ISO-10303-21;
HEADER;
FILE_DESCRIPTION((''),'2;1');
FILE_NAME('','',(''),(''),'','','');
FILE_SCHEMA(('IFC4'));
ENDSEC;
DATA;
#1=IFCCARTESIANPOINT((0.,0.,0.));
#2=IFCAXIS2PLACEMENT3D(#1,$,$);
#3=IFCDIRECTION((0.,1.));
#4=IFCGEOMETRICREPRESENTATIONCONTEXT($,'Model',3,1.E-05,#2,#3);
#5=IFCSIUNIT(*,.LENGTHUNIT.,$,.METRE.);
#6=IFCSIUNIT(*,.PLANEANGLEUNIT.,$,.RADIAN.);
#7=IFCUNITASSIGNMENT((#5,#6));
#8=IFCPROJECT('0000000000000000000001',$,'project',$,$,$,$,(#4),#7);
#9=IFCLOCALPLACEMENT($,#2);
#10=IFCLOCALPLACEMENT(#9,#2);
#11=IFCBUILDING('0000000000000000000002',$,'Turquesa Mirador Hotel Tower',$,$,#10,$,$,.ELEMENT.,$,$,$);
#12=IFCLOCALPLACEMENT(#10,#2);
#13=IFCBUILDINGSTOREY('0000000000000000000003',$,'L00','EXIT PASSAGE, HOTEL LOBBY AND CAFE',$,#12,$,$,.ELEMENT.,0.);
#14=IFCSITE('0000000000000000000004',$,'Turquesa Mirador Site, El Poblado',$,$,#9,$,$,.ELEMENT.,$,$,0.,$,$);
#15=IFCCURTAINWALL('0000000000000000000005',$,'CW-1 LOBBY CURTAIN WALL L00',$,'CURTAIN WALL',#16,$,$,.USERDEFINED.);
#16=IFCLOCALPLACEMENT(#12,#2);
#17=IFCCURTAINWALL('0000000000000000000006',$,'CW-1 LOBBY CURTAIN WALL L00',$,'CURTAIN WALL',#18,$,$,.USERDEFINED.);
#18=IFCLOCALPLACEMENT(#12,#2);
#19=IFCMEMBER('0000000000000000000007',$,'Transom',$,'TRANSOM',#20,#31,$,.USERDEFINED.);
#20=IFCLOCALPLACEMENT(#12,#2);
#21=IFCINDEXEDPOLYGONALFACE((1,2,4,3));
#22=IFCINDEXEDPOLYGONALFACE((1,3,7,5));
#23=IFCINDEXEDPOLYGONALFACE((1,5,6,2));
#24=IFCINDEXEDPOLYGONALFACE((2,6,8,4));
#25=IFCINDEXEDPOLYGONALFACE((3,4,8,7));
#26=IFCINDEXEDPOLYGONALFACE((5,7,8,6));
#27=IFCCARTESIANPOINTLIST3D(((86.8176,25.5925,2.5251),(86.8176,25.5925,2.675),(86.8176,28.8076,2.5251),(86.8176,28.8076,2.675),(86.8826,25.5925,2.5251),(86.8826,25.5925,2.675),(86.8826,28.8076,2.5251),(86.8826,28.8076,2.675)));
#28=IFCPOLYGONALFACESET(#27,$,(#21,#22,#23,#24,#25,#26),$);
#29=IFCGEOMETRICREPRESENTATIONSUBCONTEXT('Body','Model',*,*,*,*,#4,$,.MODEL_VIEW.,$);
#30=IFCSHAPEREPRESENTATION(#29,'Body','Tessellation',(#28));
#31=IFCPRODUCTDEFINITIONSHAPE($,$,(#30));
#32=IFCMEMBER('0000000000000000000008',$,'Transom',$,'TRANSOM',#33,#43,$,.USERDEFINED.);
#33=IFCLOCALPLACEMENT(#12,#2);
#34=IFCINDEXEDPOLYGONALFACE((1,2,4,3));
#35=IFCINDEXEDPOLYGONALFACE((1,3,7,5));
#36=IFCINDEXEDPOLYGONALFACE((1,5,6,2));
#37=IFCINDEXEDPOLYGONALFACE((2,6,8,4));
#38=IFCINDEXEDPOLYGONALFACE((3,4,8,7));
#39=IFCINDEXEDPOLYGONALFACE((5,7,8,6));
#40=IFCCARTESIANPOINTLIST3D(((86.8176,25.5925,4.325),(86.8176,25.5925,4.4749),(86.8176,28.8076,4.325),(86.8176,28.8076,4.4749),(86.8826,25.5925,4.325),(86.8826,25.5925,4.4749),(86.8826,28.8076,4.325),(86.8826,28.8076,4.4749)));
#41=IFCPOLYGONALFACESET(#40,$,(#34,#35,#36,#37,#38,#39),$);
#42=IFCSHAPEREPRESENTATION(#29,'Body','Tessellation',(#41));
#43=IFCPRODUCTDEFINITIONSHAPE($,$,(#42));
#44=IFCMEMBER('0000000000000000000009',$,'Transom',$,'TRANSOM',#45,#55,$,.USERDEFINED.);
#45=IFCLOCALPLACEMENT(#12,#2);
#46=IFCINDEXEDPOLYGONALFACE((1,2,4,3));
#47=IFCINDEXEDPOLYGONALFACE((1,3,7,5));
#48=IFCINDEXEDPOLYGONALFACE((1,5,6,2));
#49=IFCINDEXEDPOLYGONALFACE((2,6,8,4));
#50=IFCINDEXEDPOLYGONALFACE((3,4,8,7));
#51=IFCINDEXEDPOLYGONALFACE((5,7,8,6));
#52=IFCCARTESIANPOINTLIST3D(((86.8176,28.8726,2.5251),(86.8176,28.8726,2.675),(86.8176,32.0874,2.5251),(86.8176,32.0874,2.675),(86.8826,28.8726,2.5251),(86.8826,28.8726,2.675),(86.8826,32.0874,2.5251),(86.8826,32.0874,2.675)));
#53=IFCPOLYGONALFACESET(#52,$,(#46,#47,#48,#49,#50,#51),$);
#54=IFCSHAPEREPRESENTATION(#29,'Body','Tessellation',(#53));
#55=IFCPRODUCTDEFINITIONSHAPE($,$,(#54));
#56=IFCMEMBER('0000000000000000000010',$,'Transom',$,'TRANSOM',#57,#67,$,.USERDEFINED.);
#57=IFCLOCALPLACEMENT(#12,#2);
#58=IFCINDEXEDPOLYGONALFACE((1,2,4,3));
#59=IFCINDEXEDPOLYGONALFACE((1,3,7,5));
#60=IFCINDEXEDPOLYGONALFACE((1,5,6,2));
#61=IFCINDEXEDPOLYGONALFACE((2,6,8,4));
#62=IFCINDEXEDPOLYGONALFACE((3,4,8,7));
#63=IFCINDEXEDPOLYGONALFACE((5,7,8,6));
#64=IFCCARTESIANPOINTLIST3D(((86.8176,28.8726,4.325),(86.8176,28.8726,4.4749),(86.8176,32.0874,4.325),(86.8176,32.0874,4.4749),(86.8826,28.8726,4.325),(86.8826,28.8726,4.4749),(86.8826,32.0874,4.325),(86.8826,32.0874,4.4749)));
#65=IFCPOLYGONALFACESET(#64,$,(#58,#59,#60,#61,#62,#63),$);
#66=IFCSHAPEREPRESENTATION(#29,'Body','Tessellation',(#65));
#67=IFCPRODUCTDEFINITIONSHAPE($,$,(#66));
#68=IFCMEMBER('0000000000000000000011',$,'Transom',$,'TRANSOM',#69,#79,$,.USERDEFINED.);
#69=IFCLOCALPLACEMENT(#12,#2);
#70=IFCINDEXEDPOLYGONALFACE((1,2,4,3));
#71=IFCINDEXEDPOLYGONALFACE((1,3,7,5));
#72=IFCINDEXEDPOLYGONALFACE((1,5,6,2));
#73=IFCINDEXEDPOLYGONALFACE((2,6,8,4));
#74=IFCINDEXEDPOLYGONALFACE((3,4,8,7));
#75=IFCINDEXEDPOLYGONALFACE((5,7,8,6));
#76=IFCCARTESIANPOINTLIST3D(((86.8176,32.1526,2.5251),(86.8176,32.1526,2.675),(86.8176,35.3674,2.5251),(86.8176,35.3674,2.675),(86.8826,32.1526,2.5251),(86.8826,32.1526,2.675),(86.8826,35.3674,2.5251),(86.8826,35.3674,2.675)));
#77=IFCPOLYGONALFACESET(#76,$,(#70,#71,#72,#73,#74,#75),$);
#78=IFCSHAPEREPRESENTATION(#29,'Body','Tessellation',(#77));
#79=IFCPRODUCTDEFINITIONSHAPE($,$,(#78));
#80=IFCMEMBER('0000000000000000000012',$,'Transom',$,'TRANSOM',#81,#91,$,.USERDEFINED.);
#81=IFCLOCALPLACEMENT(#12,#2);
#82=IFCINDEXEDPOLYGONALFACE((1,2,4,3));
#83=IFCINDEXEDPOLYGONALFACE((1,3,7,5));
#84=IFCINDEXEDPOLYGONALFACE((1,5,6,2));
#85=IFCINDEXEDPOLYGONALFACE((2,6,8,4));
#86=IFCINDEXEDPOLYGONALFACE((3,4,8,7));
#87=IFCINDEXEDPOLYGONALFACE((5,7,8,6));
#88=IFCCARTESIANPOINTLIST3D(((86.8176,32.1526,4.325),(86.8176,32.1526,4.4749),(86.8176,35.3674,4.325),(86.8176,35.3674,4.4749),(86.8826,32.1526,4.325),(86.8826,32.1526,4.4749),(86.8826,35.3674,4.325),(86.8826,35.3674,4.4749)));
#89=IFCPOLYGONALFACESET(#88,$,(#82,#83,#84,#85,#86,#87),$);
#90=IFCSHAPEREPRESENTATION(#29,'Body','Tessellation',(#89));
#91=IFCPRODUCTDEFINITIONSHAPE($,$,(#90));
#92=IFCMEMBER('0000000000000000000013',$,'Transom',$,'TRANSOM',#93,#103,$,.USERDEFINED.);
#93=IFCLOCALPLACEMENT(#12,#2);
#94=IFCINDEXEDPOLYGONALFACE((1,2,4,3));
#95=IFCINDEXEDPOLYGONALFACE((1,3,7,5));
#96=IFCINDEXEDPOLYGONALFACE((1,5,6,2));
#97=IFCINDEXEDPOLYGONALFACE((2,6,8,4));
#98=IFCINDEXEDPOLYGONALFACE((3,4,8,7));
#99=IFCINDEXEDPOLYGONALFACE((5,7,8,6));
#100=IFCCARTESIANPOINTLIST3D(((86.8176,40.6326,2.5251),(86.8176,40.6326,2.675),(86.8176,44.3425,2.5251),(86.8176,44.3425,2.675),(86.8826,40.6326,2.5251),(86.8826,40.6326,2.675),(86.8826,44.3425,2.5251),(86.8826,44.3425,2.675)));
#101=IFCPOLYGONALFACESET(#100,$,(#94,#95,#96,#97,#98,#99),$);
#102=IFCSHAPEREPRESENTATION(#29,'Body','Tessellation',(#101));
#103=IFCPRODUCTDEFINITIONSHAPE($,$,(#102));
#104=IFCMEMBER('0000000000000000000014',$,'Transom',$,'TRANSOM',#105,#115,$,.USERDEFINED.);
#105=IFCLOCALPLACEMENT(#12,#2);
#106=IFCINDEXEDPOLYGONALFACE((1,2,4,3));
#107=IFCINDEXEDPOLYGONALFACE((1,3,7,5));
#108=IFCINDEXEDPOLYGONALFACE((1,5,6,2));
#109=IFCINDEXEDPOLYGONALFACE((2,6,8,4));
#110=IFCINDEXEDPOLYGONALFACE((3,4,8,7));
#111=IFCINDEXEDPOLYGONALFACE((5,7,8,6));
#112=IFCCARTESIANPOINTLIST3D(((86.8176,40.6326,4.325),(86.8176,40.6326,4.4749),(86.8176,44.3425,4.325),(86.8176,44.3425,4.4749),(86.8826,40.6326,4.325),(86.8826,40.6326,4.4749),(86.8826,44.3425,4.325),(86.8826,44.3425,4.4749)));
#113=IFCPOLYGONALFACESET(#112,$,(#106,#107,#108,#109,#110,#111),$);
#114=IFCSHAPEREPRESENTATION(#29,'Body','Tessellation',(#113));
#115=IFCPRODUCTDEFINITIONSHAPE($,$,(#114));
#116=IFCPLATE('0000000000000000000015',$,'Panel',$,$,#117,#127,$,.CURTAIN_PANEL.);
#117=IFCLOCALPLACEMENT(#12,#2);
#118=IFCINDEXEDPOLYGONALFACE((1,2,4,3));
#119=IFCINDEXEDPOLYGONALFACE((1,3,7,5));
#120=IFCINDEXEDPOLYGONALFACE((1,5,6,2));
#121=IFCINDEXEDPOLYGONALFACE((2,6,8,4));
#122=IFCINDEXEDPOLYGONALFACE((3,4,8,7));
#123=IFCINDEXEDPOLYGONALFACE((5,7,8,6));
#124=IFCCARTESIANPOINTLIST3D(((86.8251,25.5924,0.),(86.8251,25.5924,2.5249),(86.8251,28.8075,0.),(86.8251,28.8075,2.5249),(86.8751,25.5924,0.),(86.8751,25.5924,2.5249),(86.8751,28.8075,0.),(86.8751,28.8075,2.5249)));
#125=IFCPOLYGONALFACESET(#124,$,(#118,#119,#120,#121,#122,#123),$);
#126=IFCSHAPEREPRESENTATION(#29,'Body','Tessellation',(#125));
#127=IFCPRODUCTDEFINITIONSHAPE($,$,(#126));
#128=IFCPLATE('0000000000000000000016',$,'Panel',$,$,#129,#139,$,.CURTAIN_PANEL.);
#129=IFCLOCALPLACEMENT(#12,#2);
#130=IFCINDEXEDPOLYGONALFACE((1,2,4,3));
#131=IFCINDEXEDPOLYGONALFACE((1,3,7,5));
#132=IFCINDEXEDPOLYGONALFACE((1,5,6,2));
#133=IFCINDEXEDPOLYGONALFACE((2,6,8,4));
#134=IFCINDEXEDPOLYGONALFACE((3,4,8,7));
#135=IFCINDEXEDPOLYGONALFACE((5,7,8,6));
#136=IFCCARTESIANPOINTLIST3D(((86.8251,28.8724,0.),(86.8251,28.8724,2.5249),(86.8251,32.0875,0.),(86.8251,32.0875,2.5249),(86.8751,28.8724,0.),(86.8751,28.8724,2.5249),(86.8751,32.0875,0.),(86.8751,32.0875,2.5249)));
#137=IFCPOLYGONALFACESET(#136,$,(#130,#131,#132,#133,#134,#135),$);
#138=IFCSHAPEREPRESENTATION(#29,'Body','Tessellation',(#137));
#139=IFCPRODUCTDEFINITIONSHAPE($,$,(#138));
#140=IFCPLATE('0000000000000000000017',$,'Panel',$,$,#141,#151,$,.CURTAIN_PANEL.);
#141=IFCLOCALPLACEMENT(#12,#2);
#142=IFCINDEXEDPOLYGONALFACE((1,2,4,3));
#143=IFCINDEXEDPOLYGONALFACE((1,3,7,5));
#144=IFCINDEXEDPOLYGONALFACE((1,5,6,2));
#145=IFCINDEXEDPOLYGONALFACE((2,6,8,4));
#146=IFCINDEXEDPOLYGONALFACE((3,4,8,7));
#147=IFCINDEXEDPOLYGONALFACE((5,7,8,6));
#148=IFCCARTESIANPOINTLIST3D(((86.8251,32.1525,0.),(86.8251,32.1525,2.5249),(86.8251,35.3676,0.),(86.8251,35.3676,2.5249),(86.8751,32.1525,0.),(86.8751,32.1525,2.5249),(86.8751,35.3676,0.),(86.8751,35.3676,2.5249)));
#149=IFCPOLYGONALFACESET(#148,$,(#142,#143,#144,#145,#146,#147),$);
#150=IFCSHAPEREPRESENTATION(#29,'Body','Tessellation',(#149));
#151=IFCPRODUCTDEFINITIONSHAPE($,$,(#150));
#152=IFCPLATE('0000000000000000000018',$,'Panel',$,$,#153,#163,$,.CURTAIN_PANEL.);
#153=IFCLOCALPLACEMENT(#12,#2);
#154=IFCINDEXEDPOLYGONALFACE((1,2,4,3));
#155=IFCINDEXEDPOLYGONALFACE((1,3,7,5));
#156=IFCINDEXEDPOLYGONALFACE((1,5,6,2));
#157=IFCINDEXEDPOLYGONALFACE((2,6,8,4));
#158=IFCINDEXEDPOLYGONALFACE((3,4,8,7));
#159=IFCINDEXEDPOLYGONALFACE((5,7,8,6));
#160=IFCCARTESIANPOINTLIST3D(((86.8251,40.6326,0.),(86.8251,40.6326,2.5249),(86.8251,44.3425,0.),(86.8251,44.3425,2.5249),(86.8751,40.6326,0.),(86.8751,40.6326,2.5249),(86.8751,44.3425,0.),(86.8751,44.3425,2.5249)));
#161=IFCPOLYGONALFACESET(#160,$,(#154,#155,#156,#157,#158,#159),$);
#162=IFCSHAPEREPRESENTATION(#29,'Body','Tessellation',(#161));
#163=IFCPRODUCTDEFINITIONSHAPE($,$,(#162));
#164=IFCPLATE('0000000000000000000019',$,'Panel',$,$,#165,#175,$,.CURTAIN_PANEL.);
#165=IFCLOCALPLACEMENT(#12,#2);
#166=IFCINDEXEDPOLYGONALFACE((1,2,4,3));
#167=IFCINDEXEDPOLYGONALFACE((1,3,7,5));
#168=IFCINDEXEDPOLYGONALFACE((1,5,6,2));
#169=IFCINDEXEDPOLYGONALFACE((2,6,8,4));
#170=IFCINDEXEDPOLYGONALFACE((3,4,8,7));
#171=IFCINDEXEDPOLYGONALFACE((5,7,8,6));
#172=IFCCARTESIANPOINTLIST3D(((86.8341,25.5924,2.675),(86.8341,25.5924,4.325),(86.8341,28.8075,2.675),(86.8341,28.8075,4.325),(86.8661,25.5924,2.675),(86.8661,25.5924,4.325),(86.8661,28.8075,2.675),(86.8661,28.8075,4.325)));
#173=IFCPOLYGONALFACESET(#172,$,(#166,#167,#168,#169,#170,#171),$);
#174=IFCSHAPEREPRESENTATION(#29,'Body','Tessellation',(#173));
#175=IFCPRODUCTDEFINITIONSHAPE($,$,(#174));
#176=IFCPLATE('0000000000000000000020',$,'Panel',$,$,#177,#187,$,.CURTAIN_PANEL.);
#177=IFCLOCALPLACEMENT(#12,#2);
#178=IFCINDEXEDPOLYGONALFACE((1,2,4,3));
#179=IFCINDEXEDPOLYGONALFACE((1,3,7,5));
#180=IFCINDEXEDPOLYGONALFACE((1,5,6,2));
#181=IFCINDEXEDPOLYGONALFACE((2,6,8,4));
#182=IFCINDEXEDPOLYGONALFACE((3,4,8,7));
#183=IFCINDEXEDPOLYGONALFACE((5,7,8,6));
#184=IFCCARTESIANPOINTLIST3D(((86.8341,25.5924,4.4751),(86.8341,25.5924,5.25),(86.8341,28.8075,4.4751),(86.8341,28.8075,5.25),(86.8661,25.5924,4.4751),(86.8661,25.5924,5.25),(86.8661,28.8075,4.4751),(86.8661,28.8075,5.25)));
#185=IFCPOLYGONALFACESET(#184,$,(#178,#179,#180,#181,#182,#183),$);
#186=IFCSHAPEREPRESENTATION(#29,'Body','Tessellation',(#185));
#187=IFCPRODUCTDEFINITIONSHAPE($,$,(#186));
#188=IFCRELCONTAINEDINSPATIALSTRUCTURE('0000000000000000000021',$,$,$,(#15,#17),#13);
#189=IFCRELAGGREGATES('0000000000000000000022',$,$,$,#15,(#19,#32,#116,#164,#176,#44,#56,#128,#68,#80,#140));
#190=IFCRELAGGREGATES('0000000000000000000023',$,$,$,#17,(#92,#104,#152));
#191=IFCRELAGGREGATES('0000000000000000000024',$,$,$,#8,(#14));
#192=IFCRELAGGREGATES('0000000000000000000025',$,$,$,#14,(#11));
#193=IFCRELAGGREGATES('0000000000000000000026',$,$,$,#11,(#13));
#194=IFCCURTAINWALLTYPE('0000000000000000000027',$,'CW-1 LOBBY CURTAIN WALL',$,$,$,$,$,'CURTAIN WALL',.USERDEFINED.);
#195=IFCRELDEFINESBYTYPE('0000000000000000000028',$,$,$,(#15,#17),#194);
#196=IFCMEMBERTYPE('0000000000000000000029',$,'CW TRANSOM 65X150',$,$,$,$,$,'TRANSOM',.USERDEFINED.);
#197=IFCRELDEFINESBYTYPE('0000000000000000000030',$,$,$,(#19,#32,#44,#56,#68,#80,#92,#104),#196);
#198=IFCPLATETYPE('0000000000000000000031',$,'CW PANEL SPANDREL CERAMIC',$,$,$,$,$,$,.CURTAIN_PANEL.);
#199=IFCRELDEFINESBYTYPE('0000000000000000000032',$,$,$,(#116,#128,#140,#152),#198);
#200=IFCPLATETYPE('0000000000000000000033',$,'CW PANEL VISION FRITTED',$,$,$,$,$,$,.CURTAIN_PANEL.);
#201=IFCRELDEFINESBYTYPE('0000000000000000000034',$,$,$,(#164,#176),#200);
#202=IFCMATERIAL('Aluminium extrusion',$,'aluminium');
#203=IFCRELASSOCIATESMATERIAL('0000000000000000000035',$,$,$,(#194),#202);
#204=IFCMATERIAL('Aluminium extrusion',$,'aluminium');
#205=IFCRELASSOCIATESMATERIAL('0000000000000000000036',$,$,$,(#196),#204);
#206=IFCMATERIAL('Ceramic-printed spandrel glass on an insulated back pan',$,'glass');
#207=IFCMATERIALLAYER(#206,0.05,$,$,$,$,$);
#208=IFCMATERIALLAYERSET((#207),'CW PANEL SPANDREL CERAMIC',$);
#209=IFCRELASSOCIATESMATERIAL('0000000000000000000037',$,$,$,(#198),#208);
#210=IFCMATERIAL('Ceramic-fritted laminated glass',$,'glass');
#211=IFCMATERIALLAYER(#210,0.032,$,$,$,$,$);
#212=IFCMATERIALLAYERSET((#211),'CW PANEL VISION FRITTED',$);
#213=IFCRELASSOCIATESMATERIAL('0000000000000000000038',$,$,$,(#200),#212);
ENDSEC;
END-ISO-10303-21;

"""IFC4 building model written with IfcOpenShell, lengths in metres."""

from ifc_helpers import new_model, si_unit, direction, frame, origin, origin_2d, place, context, subcontext, project, spatial, rectangle, extrude, material, layer, layer_set, material_profile, profile_set, type_object, element, aggregate, save


model = new_model("IFC4")

# Units and contexts
model_context = context("Model", 3, precision=1e-05, world=origin(), true_north=direction((0.0, 1.0)))
body_context = subcontext(model_context, "Body", "Model", "MODEL_VIEW")
ifc_project = project(units=[si_unit("LENGTHUNIT", "METRE"), si_unit("PLANEANGLEUNIT", "RADIAN")], contexts=[model_context])

# Site, building, storey
site_placement = place(None, origin())
site = spatial("IfcSite", under=ifc_project, at=site_placement, Name="Turquesa Mirador Site, El Poblado", CompositionType="ELEMENT", RefElevation=0.0)
building_placement = place(site_placement, origin())
building = spatial("IfcBuilding", under=site, at=building_placement, Name="Turquesa Mirador Hotel Tower", CompositionType="ELEMENT")
storey_placement = place(building_placement, origin())
storey = spatial("IfcBuildingStorey", under=building, at=storey_placement, Name="L00", Description="EXIT PASSAGE, HOTEL LOBBY AND CAFE", CompositionType="ELEMENT", Elevation=0.0)

# Curtain wall
ifc_material_1 = material(Name="Aluminium extrusion", Category="aluminium")
curtain_wall_type = type_object("IfcCurtainWallType", Name="CW-1 LOBBY CURTAIN WALL", ElementType="CURTAIN WALL", PredefinedType="USERDEFINED", material=ifc_material_1)
curtain_wall_1_placement = place(storey_placement, origin())
curtain_wall_1 = element("IfcCurtainWall", 1, at=curtain_wall_1_placement, inside=storey, type_object=curtain_wall_type, Name="CW-1 LOBBY CURTAIN WALL L00", ObjectType="CURTAIN WALL", PredefinedType="USERDEFINED")

# Curtain wall
curtain_wall_2_placement = place(storey_placement, origin())
curtain_wall_2 = element("IfcCurtainWall", 2, at=curtain_wall_2_placement, inside=storey, type_object=curtain_wall_type, Name="CW-1 LOBBY CURTAIN WALL L00", ObjectType="CURTAIN WALL", PredefinedType="USERDEFINED")

# Members
ifc_material_2 = material(Name="Aluminium extrusion", Category="aluminium")
ifc_material_profile_1 = material_profile(ifc_material_2, rectangle(XDim=0.0649, YDim=0.1499, at=origin_2d()), Name="TRANSOM 65X150")
ifc_profile_set_1 = profile_set([ifc_material_profile_1], Name="Aluminium extrusion")
member_type_1 = type_object("IfcMemberType", Name="CW TRANSOM 65X150", ElementType="TRANSOM", PredefinedType="USERDEFINED", material=ifc_profile_set_1)
member_1_placement = place(storey_placement, frame((86.8501, 25.5925, 2.6001), z_axis=(0.0, 1.0, 0.0), x_axis=(-1.0, 0.0, 0.0)))
member_1 = element("IfcMember", 3, at=member_1_placement, type_object=member_type_1, Name="Transom", ObjectType="TRANSOM", PredefinedType="USERDEFINED", context=body_context, shape_type="SweptSolid", body=[
    extrude(rectangle(XDim=0.0649, YDim=0.1499, at=origin_2d()), origin(), (0.0, 0.0, 1.0), 3.2151),
])
member_2_placement = place(storey_placement, frame((86.8501, 25.5925, 4.3999), z_axis=(0.0, 1.0, 0.0), x_axis=(-1.0, 0.0, 0.0)))
member_2 = element("IfcMember", 4, at=member_2_placement, type_object=member_type_1, Name="Transom", ObjectType="TRANSOM", PredefinedType="USERDEFINED", context=body_context, shape_type="SweptSolid", body=[
    extrude(rectangle(XDim=0.0649, YDim=0.1499, at=origin_2d()), origin(), (0.0, 0.0, 1.0), 3.2151),
])
member_3_placement = place(storey_placement, frame((86.8501, 28.8726, 2.6001), z_axis=(0.0, 1.0, 0.0), x_axis=(-1.0, 0.0, 0.0)))
member_3 = element("IfcMember", 5, at=member_3_placement, type_object=member_type_1, Name="Transom", ObjectType="TRANSOM", PredefinedType="USERDEFINED", context=body_context, shape_type="SweptSolid", body=[
    extrude(rectangle(XDim=0.0649, YDim=0.1499, at=origin_2d()), origin(), (0.0, 0.0, 1.0), 3.2148),
])
member_4_placement = place(storey_placement, frame((86.8501, 28.8726, 4.3999), z_axis=(0.0, 1.0, 0.0), x_axis=(-1.0, 0.0, 0.0)))
member_4 = element("IfcMember", 6, at=member_4_placement, type_object=member_type_1, Name="Transom", ObjectType="TRANSOM", PredefinedType="USERDEFINED", context=body_context, shape_type="SweptSolid", body=[
    extrude(rectangle(XDim=0.0649, YDim=0.1499, at=origin_2d()), origin(), (0.0, 0.0, 1.0), 3.2148),
])
member_5_placement = place(storey_placement, frame((86.8501, 32.1526, 2.6001), z_axis=(0.0, 1.0, 0.0), x_axis=(-1.0, 0.0, 0.0)))
member_5 = element("IfcMember", 7, at=member_5_placement, type_object=member_type_1, Name="Transom", ObjectType="TRANSOM", PredefinedType="USERDEFINED", context=body_context, shape_type="SweptSolid", body=[
    extrude(rectangle(XDim=0.0649, YDim=0.1499, at=origin_2d()), origin(), (0.0, 0.0, 1.0), 3.2148),
])
member_6_placement = place(storey_placement, frame((86.8501, 32.1526, 4.3999), z_axis=(0.0, 1.0, 0.0), x_axis=(-1.0, 0.0, 0.0)))
member_6 = element("IfcMember", 8, at=member_6_placement, type_object=member_type_1, Name="Transom", ObjectType="TRANSOM", PredefinedType="USERDEFINED", context=body_context, shape_type="SweptSolid", body=[
    extrude(rectangle(XDim=0.0649, YDim=0.1499, at=origin_2d()), origin(), (0.0, 0.0, 1.0), 3.2148),
])
member_7_placement = place(storey_placement, frame((86.8501, 40.6326, 2.6001), z_axis=(0.0, 1.0, 0.0), x_axis=(-1.0, 0.0, 0.0)))
member_7 = element("IfcMember", 9, at=member_7_placement, type_object=member_type_1, Name="Transom", ObjectType="TRANSOM", PredefinedType="USERDEFINED", context=body_context, shape_type="SweptSolid", body=[
    extrude(rectangle(XDim=0.0649, YDim=0.1499, at=origin_2d()), origin(), (0.0, 0.0, 1.0), 3.71),
])
member_8_placement = place(storey_placement, frame((86.8501, 40.6326, 4.3999), z_axis=(0.0, 1.0, 0.0), x_axis=(-1.0, 0.0, 0.0)))
member_8 = element("IfcMember", 10, at=member_8_placement, type_object=member_type_1, Name="Transom", ObjectType="TRANSOM", PredefinedType="USERDEFINED", context=body_context, shape_type="SweptSolid", body=[
    extrude(rectangle(XDim=0.0649, YDim=0.1499, at=origin_2d()), origin(), (0.0, 0.0, 1.0), 3.71),
])

# Plates
ifc_material_3 = material(Name="Ceramic-printed spandrel glass on an insulated back pan", Category="glass")
ifc_layer_1 = layer(ifc_material_3, 0.05)
ifc_layer_set_1 = layer_set([ifc_layer_1], Name="CW PANEL SPANDREL CERAMIC")
plate_type_1 = type_object("IfcPlateType", Name="CW PANEL SPANDREL CERAMIC", PredefinedType="CURTAIN_PANEL", material=ifc_layer_set_1)
plate_1_placement = place(storey_placement, frame((86.8501, 27.2, 0.0), z_axis=(0.0, 0.0, 1.0), x_axis=(0.0, 1.0, 0.0)))
plate_1 = element("IfcPlate", 11, at=plate_1_placement, type_object=plate_type_1, Name="Panel", PredefinedType="CURTAIN_PANEL", context=body_context, shape_type="SweptSolid", body=[
    extrude(rectangle(XDim=3.2151, YDim=0.05, at=origin_2d()), origin(), (0.0, 0.0, 1.0), 2.5249),
])
plate_2_placement = place(storey_placement, frame((86.8501, 30.48, 0.0), z_axis=(0.0, 0.0, 1.0), x_axis=(0.0, 1.0, 0.0)))
plate_2 = element("IfcPlate", 12, at=plate_2_placement, type_object=plate_type_1, Name="Panel", PredefinedType="CURTAIN_PANEL", context=body_context, shape_type="SweptSolid", body=[
    extrude(rectangle(XDim=3.2151, YDim=0.05, at=origin_2d()), origin(), (0.0, 0.0, 1.0), 2.5249),
])
plate_3_placement = place(storey_placement, frame((86.8501, 33.76, 0.0), z_axis=(0.0, 0.0, 1.0), x_axis=(0.0, 1.0, 0.0)))
plate_3 = element("IfcPlate", 13, at=plate_3_placement, type_object=plate_type_1, Name="Panel", PredefinedType="CURTAIN_PANEL", context=body_context, shape_type="SweptSolid", body=[
    extrude(rectangle(XDim=3.2151, YDim=0.05, at=origin_2d()), origin(), (0.0, 0.0, 1.0), 2.5249),
])
plate_4_placement = place(storey_placement, frame((86.8501, 42.4875, 0.0), z_axis=(0.0, 0.0, 1.0), x_axis=(0.0, 1.0, 0.0)))
plate_4 = element("IfcPlate", 14, at=plate_4_placement, type_object=plate_type_1, Name="Panel", PredefinedType="CURTAIN_PANEL", context=body_context, shape_type="SweptSolid", body=[
    extrude(rectangle(XDim=3.71, YDim=0.05, at=origin_2d()), origin(), (0.0, 0.0, 1.0), 2.5249),
])
ifc_material_4 = material(Name="Ceramic-fritted laminated glass", Category="glass")
ifc_layer_2 = layer(ifc_material_4, 0.032)
ifc_layer_set_2 = layer_set([ifc_layer_2], Name="CW PANEL VISION FRITTED")
plate_type_2 = type_object("IfcPlateType", Name="CW PANEL VISION FRITTED", PredefinedType="CURTAIN_PANEL", material=ifc_layer_set_2)
plate_5_placement = place(storey_placement, frame((86.8501, 27.2, 2.675), z_axis=(0.0, 0.0, 1.0), x_axis=(0.0, 1.0, 0.0)))
plate_5 = element("IfcPlate", 15, at=plate_5_placement, type_object=plate_type_2, Name="Panel", PredefinedType="CURTAIN_PANEL", context=body_context, shape_type="SweptSolid", body=[
    extrude(rectangle(XDim=3.2151, YDim=0.032, at=origin_2d()), origin(), (0.0, 0.0, 1.0), 1.6499),
])
plate_6_placement = place(storey_placement, frame((86.8501, 27.2, 4.4751), z_axis=(0.0, 0.0, 1.0), x_axis=(0.0, 1.0, 0.0)))
plate_6 = element("IfcPlate", 16, at=plate_6_placement, type_object=plate_type_2, Name="Panel", PredefinedType="CURTAIN_PANEL", context=body_context, shape_type="SweptSolid", body=[
    extrude(rectangle(XDim=3.2151, YDim=0.032, at=origin_2d()), origin(), (0.0, 0.0, 1.0), 0.7749),
])
aggregate(curtain_wall_1, [member_1, member_2, plate_1, plate_5, plate_6, member_3, member_4, plate_2, member_5, member_6, plate_3])
aggregate(curtain_wall_2, [member_7, member_8, plate_4])

save(model, "model.ifc")
